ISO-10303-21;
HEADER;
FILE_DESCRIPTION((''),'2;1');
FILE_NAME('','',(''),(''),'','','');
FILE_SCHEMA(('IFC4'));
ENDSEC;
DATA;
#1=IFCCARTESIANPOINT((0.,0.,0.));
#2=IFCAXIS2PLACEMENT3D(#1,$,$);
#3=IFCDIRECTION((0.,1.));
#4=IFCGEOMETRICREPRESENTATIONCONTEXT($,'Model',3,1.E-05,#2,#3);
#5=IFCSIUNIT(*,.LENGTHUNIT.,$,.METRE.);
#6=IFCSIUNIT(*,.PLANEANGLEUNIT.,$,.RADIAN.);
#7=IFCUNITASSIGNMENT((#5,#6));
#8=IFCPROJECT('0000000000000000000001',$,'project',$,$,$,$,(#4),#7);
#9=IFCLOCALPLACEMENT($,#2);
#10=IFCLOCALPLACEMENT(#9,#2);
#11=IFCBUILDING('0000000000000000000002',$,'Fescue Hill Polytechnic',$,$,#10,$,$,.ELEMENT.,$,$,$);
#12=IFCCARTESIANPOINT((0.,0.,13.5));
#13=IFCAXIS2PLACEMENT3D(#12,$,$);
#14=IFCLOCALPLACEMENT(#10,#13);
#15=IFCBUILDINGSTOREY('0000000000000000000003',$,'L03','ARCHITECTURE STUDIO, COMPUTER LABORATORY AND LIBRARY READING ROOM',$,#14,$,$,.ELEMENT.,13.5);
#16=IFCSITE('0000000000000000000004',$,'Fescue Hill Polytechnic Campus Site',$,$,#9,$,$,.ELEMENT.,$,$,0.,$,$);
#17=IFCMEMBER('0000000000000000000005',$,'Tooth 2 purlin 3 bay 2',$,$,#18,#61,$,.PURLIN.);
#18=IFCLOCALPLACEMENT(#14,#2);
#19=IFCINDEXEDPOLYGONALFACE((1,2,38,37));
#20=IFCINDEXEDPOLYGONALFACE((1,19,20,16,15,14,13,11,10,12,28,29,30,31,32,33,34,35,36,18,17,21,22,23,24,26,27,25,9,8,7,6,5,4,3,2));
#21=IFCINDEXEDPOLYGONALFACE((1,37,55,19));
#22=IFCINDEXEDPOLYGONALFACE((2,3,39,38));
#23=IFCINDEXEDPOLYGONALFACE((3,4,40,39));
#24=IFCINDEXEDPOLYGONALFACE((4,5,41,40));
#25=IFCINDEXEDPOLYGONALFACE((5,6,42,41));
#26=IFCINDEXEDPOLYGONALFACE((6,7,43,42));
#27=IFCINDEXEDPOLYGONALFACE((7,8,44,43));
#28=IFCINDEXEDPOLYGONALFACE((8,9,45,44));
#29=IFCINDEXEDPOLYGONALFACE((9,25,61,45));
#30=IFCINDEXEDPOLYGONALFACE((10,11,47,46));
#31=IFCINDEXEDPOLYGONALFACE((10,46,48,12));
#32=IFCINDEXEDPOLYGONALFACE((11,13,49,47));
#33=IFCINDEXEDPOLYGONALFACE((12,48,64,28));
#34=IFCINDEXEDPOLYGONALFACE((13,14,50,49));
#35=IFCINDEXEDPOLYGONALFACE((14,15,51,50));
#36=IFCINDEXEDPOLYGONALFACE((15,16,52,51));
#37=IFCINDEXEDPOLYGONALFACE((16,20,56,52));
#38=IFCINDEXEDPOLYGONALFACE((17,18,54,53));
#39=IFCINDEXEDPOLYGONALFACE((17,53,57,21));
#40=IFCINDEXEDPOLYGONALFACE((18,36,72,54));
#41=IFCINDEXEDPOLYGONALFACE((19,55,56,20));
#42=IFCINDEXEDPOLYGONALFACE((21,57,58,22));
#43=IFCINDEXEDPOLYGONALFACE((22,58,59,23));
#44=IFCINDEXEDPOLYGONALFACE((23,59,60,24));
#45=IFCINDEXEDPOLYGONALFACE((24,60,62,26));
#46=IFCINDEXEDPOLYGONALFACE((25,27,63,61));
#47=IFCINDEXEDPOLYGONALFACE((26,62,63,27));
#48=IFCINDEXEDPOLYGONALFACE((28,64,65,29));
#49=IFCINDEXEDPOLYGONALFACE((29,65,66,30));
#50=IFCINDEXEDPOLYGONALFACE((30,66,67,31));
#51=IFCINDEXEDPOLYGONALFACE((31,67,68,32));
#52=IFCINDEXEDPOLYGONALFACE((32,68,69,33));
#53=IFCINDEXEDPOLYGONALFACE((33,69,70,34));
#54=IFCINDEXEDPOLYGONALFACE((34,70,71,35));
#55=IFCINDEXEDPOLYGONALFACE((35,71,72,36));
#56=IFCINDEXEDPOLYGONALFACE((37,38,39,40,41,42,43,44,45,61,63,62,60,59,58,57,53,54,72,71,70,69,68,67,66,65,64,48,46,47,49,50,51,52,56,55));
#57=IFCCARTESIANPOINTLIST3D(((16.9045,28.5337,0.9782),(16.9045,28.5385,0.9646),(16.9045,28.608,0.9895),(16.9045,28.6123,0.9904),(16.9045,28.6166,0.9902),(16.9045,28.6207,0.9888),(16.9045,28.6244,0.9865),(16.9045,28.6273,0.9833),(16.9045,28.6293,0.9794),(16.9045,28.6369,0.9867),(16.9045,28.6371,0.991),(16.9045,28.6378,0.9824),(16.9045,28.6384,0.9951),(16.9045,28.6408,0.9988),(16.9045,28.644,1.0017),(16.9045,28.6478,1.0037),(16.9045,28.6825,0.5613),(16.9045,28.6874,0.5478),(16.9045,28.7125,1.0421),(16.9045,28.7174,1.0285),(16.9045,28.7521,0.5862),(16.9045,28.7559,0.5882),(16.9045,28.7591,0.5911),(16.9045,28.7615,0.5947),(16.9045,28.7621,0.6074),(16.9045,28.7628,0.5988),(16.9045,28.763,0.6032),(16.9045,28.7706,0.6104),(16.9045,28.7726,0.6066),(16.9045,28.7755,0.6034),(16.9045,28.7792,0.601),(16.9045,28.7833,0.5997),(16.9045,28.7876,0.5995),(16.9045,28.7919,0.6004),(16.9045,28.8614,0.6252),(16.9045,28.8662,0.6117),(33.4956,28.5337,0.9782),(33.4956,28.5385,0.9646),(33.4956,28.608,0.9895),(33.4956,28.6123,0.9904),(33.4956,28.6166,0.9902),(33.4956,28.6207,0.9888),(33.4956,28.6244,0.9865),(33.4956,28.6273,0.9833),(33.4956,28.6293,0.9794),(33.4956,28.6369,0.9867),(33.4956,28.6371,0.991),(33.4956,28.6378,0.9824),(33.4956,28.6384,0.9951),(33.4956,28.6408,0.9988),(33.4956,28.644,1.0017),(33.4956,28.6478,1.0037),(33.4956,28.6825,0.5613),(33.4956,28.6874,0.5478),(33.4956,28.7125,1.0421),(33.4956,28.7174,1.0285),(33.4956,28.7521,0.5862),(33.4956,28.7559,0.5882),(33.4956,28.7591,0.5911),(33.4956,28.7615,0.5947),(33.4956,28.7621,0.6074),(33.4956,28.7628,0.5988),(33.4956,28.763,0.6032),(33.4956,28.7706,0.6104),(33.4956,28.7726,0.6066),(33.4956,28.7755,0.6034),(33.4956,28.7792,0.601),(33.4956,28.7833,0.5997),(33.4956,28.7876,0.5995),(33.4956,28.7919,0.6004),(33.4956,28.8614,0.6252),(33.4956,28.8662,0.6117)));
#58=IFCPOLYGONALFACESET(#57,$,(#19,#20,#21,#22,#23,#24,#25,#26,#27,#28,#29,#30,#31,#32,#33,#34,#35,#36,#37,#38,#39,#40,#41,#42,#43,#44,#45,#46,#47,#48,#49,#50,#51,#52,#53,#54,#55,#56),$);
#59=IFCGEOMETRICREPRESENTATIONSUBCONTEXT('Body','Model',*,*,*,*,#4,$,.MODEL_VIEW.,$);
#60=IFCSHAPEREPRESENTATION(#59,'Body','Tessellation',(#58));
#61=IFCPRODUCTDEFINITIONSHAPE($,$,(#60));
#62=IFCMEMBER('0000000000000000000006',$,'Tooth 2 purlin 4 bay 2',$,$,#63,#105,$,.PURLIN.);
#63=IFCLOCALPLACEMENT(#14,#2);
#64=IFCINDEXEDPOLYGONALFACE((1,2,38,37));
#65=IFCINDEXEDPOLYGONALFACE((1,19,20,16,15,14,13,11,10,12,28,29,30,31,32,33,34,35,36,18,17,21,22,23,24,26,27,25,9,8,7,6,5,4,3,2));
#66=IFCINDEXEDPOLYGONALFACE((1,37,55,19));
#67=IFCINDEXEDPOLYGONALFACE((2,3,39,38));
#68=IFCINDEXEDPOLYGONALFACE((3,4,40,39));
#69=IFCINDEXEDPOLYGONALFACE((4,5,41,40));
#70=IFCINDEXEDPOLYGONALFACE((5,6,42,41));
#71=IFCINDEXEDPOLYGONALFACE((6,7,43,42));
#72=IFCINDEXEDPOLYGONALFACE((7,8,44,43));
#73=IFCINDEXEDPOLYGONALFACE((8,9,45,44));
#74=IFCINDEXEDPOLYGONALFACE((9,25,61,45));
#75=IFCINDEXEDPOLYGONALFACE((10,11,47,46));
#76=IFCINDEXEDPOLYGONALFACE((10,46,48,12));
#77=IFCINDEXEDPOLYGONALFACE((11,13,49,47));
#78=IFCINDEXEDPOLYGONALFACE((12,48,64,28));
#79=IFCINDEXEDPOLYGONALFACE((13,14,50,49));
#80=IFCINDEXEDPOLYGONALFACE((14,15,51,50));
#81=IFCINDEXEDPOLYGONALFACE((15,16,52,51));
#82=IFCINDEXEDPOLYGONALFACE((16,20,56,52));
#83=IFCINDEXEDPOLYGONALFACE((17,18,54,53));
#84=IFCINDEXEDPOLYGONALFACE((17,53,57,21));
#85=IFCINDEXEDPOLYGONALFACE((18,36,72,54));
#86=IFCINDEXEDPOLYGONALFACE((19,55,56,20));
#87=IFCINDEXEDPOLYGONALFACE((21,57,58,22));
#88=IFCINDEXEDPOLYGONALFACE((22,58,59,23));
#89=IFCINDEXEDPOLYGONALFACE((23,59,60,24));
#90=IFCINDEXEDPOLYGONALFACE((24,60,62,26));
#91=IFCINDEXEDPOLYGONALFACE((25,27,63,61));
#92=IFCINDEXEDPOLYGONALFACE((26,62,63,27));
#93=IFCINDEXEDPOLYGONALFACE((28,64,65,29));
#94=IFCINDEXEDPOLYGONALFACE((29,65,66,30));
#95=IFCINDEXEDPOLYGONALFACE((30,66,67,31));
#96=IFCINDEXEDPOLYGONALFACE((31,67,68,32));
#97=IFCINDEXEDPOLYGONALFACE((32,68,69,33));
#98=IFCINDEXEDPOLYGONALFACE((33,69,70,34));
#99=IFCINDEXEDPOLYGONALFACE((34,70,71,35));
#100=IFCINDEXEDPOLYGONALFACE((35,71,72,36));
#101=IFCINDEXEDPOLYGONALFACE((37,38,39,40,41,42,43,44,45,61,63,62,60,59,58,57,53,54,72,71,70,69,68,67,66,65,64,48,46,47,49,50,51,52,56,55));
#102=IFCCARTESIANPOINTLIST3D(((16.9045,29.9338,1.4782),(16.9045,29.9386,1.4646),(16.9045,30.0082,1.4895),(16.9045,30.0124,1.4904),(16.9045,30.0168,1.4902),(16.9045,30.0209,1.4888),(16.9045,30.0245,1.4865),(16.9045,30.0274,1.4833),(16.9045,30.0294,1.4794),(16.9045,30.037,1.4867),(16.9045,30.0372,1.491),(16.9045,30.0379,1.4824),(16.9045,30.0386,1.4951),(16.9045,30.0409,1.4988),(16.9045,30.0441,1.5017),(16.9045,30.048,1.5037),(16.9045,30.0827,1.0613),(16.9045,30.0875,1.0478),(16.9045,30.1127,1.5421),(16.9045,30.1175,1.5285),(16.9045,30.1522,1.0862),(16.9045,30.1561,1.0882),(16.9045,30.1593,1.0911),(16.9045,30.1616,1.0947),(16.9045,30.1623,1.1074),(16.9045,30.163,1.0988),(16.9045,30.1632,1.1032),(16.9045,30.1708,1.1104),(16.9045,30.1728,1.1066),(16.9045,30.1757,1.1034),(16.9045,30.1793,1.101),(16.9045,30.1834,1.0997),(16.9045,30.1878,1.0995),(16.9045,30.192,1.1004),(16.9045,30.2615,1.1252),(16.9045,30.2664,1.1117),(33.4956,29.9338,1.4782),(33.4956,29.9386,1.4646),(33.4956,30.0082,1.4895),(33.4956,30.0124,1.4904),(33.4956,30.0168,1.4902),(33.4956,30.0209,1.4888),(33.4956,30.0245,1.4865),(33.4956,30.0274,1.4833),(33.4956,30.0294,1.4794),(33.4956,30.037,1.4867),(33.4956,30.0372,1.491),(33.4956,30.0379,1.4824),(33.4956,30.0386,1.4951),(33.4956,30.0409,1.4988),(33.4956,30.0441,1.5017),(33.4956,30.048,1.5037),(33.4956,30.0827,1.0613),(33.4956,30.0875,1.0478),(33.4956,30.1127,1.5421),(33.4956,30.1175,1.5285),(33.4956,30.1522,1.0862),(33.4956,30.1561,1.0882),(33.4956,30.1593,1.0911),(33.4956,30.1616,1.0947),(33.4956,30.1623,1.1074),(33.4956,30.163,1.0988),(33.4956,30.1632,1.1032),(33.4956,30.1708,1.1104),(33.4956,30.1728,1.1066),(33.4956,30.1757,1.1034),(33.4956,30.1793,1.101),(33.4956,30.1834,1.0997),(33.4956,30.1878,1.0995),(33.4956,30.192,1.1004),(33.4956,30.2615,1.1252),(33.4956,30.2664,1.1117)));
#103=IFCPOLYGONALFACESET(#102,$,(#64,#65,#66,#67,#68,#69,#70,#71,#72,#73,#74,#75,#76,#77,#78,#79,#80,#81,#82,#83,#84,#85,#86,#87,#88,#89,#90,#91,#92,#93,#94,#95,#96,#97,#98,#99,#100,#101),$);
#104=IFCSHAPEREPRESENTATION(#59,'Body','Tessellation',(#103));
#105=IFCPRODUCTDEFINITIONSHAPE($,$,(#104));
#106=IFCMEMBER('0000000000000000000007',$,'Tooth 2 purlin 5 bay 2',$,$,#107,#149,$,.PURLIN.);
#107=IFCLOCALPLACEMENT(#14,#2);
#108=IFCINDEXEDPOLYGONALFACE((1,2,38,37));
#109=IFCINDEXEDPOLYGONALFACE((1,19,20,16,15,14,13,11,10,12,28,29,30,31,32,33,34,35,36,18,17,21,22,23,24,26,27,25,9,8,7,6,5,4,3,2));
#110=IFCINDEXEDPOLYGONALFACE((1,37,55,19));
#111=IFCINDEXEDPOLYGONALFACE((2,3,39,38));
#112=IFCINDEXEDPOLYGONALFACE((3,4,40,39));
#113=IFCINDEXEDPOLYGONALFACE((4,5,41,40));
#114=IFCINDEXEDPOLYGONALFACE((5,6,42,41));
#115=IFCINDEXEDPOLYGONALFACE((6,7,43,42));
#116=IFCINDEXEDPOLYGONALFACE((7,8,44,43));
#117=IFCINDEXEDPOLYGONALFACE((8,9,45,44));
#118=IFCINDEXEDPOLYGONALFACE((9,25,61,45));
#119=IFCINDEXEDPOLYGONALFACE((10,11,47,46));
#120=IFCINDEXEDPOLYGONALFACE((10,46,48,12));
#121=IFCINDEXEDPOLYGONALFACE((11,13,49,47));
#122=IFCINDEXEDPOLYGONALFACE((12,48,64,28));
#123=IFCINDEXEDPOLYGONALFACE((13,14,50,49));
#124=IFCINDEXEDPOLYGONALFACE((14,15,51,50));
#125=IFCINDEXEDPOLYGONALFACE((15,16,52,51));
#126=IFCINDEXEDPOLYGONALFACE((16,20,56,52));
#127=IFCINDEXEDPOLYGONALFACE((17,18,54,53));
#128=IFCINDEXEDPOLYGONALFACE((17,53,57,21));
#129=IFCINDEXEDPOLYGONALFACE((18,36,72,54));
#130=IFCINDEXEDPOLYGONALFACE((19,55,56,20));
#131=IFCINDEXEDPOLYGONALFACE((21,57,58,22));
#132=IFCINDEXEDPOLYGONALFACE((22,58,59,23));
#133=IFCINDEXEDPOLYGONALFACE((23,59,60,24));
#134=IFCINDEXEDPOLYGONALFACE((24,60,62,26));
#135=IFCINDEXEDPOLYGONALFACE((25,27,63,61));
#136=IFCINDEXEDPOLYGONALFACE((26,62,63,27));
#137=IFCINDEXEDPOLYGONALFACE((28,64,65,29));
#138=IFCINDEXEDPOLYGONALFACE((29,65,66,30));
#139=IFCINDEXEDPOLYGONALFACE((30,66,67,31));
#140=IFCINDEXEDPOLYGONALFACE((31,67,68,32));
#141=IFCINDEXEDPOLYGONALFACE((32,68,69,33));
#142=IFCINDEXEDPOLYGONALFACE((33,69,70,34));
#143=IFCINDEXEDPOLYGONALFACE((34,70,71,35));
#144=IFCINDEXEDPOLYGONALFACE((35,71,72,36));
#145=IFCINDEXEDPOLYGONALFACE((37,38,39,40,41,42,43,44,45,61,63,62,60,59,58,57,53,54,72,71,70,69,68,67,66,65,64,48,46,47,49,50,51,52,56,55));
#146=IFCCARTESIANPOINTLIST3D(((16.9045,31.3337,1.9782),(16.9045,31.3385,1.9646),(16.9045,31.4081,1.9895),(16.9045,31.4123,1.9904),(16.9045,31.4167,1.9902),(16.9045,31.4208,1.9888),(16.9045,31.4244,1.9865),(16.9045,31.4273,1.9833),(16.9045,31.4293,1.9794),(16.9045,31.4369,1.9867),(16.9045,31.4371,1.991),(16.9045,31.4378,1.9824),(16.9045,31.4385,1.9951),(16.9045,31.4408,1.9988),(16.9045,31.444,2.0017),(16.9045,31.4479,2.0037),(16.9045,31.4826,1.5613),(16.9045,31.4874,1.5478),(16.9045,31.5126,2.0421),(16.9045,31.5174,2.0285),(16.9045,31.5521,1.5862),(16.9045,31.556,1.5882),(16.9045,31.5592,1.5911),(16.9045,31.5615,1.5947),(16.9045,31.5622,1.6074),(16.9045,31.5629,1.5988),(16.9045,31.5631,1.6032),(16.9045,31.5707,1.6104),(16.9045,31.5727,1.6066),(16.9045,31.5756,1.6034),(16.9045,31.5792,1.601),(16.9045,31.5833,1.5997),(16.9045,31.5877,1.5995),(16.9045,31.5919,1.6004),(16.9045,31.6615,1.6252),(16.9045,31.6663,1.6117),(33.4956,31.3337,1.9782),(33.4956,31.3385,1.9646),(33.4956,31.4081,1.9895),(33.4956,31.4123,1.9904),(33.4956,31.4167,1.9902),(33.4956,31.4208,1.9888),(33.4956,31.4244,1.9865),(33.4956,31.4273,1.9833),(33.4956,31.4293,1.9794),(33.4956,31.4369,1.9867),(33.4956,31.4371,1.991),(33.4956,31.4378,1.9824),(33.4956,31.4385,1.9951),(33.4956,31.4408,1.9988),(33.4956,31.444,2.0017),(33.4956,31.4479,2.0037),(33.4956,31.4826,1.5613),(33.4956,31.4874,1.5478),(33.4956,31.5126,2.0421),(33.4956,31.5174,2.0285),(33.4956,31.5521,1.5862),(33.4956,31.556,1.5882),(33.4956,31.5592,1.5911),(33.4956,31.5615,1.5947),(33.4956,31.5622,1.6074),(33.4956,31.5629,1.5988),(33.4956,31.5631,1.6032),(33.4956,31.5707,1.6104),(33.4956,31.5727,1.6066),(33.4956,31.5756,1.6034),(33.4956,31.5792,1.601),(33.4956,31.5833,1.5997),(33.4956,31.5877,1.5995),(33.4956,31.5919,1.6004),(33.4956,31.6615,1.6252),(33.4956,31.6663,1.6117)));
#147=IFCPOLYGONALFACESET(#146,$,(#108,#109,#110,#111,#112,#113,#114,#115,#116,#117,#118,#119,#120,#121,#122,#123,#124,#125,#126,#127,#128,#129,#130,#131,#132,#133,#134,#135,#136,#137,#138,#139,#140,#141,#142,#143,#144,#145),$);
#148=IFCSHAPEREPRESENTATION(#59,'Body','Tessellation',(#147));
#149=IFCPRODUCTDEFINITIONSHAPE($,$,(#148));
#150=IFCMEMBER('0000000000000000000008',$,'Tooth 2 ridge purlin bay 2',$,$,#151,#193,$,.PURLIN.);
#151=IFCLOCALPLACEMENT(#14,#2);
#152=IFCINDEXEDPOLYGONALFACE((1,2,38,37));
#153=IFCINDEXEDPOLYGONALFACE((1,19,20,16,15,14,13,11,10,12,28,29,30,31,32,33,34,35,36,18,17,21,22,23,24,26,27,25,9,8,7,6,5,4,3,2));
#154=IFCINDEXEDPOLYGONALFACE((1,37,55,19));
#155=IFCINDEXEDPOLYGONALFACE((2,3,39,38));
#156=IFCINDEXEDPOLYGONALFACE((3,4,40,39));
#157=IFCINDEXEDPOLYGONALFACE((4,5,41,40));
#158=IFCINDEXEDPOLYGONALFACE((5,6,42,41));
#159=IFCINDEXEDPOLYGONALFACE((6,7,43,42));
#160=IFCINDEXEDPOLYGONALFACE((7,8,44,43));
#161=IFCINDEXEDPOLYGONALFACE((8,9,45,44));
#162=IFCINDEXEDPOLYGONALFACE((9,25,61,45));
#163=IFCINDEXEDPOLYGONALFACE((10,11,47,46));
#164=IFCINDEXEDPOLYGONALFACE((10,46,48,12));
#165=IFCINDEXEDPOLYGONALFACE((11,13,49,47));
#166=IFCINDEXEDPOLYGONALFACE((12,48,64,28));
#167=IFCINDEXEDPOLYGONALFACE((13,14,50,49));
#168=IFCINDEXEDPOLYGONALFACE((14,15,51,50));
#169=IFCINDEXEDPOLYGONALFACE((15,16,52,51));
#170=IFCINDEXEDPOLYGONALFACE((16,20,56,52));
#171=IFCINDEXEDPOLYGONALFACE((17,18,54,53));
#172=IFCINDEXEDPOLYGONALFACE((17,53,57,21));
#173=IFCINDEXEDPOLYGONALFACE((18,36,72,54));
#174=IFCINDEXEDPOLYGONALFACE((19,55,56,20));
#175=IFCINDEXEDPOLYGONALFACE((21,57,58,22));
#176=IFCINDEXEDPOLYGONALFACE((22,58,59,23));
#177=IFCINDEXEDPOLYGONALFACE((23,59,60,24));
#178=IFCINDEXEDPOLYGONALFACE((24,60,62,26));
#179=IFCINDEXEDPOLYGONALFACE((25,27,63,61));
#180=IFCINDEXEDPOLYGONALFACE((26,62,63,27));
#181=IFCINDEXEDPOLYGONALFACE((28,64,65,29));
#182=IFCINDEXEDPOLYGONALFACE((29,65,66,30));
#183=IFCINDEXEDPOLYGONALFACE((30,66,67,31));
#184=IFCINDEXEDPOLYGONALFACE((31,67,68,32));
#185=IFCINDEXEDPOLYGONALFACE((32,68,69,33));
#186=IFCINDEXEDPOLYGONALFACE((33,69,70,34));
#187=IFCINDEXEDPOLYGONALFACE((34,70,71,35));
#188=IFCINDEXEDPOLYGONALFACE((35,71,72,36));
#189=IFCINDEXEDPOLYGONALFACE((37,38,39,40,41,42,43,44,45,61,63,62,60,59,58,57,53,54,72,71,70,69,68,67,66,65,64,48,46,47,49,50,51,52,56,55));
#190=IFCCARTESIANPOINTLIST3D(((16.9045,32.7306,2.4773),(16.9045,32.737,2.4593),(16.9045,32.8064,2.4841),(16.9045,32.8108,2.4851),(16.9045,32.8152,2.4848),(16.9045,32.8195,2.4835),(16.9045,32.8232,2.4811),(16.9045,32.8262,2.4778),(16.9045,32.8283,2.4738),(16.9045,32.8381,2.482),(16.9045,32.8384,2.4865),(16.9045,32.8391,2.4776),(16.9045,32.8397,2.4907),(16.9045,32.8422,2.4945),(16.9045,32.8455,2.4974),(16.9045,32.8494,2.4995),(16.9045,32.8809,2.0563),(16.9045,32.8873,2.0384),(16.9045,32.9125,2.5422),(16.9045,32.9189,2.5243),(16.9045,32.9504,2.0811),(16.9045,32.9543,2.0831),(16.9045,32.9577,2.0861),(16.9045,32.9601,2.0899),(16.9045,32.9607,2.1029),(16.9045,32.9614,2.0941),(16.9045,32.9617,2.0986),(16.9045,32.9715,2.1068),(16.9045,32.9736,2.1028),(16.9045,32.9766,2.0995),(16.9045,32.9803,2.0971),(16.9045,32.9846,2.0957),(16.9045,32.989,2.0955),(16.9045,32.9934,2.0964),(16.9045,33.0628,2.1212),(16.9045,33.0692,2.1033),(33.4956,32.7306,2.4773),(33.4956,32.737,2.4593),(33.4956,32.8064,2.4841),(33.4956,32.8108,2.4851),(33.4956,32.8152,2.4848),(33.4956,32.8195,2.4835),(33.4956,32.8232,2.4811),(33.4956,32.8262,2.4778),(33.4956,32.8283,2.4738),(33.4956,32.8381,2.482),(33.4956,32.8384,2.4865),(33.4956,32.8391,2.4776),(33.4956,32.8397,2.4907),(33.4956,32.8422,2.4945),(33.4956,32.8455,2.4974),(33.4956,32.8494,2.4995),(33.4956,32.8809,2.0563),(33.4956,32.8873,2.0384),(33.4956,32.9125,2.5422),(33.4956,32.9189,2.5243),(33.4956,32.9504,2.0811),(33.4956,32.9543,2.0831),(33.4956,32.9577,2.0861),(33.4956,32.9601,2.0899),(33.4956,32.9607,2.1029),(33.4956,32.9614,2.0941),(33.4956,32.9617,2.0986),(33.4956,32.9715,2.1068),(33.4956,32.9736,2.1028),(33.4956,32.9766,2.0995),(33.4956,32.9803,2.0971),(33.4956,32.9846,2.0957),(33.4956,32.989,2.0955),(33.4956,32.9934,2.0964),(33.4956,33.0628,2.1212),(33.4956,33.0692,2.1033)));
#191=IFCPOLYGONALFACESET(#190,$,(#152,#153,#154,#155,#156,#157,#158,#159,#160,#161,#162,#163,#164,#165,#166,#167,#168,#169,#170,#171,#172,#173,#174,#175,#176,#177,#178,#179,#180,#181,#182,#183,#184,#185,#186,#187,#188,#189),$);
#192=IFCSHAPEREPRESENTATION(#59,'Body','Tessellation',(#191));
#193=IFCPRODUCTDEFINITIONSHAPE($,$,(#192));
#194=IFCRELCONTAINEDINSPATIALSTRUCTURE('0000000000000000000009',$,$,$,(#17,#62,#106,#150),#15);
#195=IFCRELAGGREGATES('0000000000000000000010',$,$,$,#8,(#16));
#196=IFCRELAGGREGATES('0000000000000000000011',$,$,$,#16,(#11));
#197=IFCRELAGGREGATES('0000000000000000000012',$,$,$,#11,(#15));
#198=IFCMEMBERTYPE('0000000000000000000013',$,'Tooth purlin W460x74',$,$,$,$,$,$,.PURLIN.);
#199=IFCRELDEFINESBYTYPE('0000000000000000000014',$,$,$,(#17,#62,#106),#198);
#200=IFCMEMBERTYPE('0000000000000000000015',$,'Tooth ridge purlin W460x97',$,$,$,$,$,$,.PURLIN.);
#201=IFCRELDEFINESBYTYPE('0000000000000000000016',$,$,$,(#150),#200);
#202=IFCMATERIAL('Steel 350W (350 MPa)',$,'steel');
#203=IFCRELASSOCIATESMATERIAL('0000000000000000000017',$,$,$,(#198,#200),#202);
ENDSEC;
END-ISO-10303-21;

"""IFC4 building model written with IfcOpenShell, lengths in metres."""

from ifc_helpers import new_model, si_unit, direction, frame, origin, origin_2d, place, context, subcontext, project, spatial, i_section, extrude, material, material_profile, profile_set, type_object, element, save


model = new_model("IFC4")

# Units and contexts
model_context = context("Model", 3, precision=1e-05, world=origin(), true_north=direction((0.0, 1.0)))
body_context = subcontext(model_context, "Body", "Model", "MODEL_VIEW")
ifc_project = project(units=[si_unit("LENGTHUNIT", "METRE"), si_unit("PLANEANGLEUNIT", "RADIAN")], contexts=[model_context])

# Site, building, storey
site_placement = place(None, origin())
site = spatial("IfcSite", under=ifc_project, at=site_placement, Name="Fescue Hill Polytechnic Campus Site", CompositionType="ELEMENT", RefElevation=0.0)
building_placement = place(site_placement, origin())
building = spatial("IfcBuilding", under=site, at=building_placement, Name="Fescue Hill Polytechnic", CompositionType="ELEMENT")
storey_placement = place(building_placement, frame((0.0, 0.0, 13.5)))
storey = spatial("IfcBuildingStorey", under=building, at=storey_placement, Name="L03", Description="ARCHITECTURE STUDIO, COMPUTER LABORATORY AND LIBRARY READING ROOM", CompositionType="ELEMENT", Elevation=13.5)

# Members
ifc_material_1 = material(Name="Steel 350W (350 MPa)", Category="steel")
ifc_material_profile_1 = material_profile(ifc_material_1, i_section(OverallWidth=0.1899, OverallDepth=0.457, WebThickness=0.009, FlangeThickness=0.0144, FilletRadius=0.0166, at=origin_2d()), Name="W460x74")
ifc_profile_set_1 = profile_set([ifc_material_profile_1], Name="Steel 350W (350 MPa)")
member_type_1 = type_object("IfcMemberType", Name="Tooth purlin W460x74", PredefinedType="PURLIN", material=ifc_profile_set_1)
for number, where, z_axis, x_axis, name in (
    (1, (16.9045, 28.7, 0.7949), (1.0, 0.0, 0.0), (0.0, 0.941742, 0.336336), "Tooth 2 purlin 3 bay 2"),
    (2, (16.9045, 30.1001, 1.2949), (1.0, 0.0, 0.0), (0.0, 0.941742, 0.336336), "Tooth 2 purlin 4 bay 2"),
    (3, (16.9045, 31.5, 1.7949), (1.0, 0.0, 0.0), (0.0, 0.941742, 0.336336), "Tooth 2 purlin 5 bay 2"),
):
    element("IfcMember", number, at=place(storey_placement, frame(where, z_axis=z_axis, x_axis=x_axis)), inside=storey, type_object=member_type_1, Name=name, PredefinedType="PURLIN", context=body_context, shape_type="SweptSolid", body=[
        extrude(i_section(OverallWidth=0.1899, OverallDepth=0.457, WebThickness=0.009, FlangeThickness=0.0144, FilletRadius=0.0166, at=origin_2d()), origin(), (0.0, 0.0, 1.0), 16.5911),
    ])
ifc_material_profile_2 = material_profile(ifc_material_1, i_section(OverallWidth=0.1931, OverallDepth=0.4661, WebThickness=0.0115, FlangeThickness=0.019, FilletRadius=0.0171, at=origin_2d()), Name="W460x97")
ifc_profile_set_2 = profile_set([ifc_material_profile_2], Name="Steel 350W (350 MPa)")
member_type_2 = type_object("IfcMemberType", Name="Tooth ridge purlin W460x97", PredefinedType="PURLIN", material=ifc_profile_set_2)
member_1_placement = place(storey_placement, frame((16.9045, 32.8999, 2.2903), z_axis=(1.0, 0.0, 0.0), x_axis=(0.0, 0.941742, 0.336336)))
element("IfcMember", 4, at=member_1_placement, inside=storey, type_object=member_type_2, Name="Tooth 2 ridge purlin bay 2", PredefinedType="PURLIN", context=body_context, shape_type="SweptSolid", body=[
    extrude(i_section(OverallWidth=0.1931, OverallDepth=0.4661, WebThickness=0.0115, FlangeThickness=0.019, FilletRadius=0.0171, at=origin_2d()), origin(), (0.0, 0.0, 1.0), 16.5911),
])

save(model, "model.ifc")
